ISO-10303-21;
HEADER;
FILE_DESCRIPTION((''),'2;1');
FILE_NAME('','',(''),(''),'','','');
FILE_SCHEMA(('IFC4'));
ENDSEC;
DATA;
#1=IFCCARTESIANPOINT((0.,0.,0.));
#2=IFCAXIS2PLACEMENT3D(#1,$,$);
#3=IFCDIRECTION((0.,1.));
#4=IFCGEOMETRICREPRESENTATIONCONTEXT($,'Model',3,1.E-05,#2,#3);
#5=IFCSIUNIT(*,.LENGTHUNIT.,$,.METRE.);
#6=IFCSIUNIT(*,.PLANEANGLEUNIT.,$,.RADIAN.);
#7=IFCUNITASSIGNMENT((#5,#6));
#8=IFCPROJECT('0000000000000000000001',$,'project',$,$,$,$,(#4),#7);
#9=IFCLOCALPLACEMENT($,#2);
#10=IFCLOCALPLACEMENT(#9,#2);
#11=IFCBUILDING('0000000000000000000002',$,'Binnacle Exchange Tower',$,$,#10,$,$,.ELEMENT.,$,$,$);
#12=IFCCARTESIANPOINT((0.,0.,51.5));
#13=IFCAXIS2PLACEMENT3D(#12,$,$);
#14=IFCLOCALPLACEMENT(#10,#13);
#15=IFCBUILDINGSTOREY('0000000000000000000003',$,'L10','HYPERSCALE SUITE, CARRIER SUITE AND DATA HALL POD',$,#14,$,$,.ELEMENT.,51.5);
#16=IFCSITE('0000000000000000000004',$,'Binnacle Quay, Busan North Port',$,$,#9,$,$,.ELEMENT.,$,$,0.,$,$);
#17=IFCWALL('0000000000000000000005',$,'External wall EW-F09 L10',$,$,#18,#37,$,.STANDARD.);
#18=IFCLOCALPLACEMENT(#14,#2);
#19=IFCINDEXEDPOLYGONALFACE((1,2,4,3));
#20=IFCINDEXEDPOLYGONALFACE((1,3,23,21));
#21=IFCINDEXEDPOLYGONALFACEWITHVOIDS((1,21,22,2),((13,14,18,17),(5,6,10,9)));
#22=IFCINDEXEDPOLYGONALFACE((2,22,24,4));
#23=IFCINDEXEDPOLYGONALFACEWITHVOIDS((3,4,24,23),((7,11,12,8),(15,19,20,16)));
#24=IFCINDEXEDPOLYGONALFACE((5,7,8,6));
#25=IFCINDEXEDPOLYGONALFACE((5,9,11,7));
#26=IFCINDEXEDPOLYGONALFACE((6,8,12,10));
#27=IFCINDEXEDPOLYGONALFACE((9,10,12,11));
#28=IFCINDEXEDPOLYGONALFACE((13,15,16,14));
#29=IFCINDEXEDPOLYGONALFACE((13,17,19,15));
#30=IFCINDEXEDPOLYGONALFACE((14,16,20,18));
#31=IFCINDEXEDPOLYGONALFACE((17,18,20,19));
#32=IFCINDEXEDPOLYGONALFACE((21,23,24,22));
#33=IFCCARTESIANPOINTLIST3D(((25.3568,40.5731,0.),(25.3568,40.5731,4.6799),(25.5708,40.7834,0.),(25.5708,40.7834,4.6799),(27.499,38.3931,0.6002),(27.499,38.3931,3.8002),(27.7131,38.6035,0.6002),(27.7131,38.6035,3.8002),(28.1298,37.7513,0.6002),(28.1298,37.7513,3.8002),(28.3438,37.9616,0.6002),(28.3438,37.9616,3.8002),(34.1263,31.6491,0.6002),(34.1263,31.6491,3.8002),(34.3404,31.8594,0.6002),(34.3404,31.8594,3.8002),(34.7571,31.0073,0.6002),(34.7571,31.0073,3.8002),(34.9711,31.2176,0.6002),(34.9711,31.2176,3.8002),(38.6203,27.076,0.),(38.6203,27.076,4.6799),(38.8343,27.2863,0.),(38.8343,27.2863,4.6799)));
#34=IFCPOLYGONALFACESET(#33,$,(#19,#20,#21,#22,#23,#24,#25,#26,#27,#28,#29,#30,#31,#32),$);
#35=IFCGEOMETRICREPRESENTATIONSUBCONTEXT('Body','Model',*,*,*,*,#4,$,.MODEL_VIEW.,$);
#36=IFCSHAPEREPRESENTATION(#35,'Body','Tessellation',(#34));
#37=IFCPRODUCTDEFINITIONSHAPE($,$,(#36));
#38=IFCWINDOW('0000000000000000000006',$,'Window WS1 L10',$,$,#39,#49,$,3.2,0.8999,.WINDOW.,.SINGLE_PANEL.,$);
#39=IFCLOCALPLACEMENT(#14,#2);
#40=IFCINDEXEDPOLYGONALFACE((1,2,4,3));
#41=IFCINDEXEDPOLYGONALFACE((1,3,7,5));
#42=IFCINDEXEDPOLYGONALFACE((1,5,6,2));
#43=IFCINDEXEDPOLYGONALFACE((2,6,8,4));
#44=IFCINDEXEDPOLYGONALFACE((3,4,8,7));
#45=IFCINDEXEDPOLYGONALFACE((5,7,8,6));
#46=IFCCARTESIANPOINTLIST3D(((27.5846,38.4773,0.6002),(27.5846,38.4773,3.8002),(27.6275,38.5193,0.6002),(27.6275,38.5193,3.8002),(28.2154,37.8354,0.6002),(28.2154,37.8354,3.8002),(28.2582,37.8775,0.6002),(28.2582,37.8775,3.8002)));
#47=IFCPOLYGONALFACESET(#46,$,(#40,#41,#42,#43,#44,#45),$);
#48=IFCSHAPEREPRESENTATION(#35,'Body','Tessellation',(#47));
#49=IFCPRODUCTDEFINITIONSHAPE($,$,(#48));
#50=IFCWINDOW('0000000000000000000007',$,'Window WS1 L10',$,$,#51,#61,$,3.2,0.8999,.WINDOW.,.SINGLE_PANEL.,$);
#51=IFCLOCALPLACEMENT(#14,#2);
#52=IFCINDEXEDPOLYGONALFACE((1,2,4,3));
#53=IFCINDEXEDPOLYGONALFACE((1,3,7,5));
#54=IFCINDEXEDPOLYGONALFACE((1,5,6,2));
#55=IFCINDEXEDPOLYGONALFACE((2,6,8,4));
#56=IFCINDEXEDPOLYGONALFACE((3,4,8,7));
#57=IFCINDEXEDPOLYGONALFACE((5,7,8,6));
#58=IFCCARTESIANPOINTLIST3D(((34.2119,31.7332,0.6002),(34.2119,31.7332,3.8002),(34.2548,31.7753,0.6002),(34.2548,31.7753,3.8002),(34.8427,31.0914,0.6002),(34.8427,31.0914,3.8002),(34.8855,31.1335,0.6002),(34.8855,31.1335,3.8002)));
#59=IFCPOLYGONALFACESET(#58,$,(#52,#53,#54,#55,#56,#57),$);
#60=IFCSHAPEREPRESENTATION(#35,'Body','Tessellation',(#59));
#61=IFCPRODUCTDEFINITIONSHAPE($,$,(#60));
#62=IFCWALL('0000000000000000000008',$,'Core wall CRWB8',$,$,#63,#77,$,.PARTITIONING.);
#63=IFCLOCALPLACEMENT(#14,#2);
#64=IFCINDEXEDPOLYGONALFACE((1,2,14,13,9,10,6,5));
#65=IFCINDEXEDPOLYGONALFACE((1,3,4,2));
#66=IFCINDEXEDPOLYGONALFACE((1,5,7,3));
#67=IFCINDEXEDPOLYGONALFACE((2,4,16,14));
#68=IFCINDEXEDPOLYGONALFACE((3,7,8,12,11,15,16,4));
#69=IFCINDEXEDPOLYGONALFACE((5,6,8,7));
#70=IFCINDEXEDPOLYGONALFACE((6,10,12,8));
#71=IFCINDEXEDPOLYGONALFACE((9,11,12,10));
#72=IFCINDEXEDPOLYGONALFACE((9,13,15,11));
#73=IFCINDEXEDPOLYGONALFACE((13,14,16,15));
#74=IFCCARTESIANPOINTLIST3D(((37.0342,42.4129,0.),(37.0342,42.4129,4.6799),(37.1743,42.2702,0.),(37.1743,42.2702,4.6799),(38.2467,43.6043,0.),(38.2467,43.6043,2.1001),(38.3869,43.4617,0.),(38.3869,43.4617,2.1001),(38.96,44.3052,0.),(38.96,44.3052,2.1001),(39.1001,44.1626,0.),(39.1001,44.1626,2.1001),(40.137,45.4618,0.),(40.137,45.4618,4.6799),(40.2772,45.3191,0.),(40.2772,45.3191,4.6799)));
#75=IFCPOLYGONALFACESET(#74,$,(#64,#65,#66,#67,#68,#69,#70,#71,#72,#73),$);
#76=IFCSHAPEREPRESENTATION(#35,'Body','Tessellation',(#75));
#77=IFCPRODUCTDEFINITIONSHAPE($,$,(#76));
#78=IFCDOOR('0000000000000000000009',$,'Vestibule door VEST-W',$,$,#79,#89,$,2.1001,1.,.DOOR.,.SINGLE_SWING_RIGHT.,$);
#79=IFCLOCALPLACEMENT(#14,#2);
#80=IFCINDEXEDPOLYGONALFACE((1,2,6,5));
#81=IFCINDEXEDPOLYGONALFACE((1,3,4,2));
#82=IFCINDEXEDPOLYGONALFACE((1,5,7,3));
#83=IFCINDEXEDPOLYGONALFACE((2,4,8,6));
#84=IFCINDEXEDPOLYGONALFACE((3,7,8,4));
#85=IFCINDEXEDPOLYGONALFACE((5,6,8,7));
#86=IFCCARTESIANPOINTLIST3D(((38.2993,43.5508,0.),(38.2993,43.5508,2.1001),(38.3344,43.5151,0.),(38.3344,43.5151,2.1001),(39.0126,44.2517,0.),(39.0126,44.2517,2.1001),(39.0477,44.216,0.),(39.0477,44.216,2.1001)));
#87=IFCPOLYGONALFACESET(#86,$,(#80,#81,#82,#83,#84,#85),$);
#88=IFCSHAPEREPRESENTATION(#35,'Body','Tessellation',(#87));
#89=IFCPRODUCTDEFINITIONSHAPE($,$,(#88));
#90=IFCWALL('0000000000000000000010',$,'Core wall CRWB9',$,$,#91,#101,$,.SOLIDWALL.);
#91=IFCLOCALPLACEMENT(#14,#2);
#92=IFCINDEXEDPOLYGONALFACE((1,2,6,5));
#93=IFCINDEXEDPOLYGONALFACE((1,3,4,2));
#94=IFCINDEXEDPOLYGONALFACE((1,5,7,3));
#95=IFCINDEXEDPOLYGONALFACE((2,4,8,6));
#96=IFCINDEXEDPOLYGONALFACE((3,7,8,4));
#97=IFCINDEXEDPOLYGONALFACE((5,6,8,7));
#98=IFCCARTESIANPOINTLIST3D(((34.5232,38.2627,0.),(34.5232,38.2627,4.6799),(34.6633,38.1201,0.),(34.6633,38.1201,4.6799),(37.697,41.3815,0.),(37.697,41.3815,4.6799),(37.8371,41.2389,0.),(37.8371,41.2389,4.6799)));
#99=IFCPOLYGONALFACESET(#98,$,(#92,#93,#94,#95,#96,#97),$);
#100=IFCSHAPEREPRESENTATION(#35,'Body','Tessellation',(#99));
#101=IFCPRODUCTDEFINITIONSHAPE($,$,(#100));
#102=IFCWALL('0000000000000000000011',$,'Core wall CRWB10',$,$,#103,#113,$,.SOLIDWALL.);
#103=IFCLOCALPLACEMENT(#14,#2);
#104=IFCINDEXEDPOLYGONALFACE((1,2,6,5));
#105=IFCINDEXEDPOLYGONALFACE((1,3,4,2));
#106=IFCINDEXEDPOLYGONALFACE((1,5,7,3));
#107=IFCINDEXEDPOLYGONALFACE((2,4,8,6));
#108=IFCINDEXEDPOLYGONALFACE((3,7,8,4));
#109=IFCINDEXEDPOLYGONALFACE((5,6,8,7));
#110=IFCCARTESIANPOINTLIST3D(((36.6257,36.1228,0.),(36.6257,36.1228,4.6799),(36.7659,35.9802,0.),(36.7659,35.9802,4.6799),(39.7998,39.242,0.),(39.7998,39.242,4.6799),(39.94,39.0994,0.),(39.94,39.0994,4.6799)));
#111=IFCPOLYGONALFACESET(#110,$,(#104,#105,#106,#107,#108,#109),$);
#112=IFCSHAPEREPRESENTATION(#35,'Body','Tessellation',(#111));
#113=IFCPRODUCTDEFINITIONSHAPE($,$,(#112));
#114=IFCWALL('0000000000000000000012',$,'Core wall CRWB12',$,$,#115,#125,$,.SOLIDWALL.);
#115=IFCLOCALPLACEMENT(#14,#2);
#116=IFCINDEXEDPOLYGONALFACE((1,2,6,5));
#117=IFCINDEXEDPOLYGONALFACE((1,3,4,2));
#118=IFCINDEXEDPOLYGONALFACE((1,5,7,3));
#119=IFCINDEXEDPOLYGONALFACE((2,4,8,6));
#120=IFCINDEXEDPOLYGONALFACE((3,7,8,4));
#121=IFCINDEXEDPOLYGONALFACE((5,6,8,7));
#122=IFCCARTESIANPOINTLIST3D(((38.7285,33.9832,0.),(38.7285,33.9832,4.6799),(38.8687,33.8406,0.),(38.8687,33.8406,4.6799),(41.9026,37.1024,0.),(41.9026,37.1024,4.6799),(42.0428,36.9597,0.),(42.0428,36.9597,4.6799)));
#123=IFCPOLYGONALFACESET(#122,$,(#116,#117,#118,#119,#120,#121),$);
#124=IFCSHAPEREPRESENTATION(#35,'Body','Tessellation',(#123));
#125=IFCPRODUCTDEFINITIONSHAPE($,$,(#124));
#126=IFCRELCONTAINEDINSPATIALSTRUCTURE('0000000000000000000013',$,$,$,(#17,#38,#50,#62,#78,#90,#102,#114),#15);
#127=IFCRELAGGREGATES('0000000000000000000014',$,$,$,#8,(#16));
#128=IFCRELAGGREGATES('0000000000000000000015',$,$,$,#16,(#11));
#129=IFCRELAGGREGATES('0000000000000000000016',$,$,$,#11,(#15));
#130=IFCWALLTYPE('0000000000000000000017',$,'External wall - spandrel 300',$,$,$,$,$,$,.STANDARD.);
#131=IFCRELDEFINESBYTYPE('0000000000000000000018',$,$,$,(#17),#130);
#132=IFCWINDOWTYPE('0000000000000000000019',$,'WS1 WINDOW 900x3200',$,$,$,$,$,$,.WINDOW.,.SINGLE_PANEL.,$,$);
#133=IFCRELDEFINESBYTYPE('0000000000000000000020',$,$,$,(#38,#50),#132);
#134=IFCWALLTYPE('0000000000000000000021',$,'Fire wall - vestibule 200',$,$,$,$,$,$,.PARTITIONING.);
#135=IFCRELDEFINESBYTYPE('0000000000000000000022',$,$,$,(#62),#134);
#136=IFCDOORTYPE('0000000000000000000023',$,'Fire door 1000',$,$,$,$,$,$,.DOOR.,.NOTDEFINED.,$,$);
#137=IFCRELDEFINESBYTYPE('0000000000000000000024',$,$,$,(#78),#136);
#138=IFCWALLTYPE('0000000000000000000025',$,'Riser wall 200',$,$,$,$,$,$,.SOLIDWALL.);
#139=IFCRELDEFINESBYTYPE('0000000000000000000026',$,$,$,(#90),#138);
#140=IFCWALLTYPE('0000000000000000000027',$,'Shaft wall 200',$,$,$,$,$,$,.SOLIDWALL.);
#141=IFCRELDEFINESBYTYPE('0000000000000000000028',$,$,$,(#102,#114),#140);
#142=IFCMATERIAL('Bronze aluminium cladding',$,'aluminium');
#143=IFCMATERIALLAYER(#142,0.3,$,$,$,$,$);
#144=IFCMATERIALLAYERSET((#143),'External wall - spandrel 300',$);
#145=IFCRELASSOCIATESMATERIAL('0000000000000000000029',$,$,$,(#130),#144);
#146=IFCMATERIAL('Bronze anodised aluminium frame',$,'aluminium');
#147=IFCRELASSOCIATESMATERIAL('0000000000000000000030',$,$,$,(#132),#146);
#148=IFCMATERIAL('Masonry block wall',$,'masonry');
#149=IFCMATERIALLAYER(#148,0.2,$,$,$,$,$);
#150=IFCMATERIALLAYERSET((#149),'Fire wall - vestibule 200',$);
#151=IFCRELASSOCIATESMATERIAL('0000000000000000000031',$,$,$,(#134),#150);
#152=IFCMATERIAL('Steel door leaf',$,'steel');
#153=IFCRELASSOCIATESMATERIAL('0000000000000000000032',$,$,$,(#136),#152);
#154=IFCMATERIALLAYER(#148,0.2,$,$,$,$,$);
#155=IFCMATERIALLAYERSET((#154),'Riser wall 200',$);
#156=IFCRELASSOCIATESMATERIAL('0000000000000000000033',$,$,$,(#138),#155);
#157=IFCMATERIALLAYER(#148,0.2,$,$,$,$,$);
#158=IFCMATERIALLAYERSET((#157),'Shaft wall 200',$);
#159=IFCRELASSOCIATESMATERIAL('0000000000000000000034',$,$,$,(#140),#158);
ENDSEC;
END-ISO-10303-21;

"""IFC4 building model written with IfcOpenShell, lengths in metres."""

from ifc_helpers import new_model, si_unit, direction, frame, frame_2d, origin, place, context, subcontext, project, spatial, rectangle, extrude, material, layer, layer_set, type_object, element, fill, save


model = new_model("IFC4")

# Units and contexts
model_context = context("Model", 3, precision=1e-05, world=origin(), true_north=direction((0.0, 1.0)))
body_context = subcontext(model_context, "Body", "Model", "MODEL_VIEW")
ifc_project = project(units=[si_unit("LENGTHUNIT", "METRE"), si_unit("PLANEANGLEUNIT", "RADIAN")], contexts=[model_context])

# Site, building, storey
site_placement = place(None, origin())
site = spatial("IfcSite", under=ifc_project, at=site_placement, Name="Binnacle Quay, Busan North Port", CompositionType="ELEMENT", RefElevation=0.0)
building_placement = place(site_placement, origin())
building = spatial("IfcBuilding", under=site, at=building_placement, Name="Binnacle Exchange Tower", CompositionType="ELEMENT")
storey_placement = place(building_placement, frame((0.0, 0.0, 51.5)))
storey = spatial("IfcBuildingStorey", under=building, at=storey_placement, Name="L10", Description="HYPERSCALE SUITE, CARRIER SUITE AND DATA HALL POD", CompositionType="ELEMENT", Elevation=51.5)

# Shared definitions
ifc_material_1 = material(Name="Steel door leaf", Category="steel")

# Wall, openings, windows
ifc_material_2 = material(Name="Bronze aluminium cladding", Category="aluminium")
ifc_layer_1 = layer(ifc_material_2, 0.3)
ifc_layer_set_1 = layer_set([ifc_layer_1], Name="External wall - spandrel 300")
wall_type_1 = type_object("IfcWallType", Name="External wall - spandrel 300", PredefinedType="STANDARD", material=ifc_layer_set_1)
wall_1_placement = place(storey_placement, frame((38.7273, 27.1812, 0.0), z_axis=(0.0, 0.0, 1.0), x_axis=(-0.700906, 0.713253, 0.0)))
wall_1 = element("IfcWall", 1, at=wall_1_placement, inside=storey, type_object=wall_type_1, Name="External wall EW-F09 L10", PredefinedType="STANDARD", context=body_context, shape_type="SweptSolid", body=[
    extrude(rectangle(XDim=18.9233, YDim=0.3, at=frame_2d((9.4617, 0.0))), origin(), (0.0, 0.0, 1.0), 4.6799),
])
opening_1_placement = place(wall_1_placement, frame((14.967, 0.0, 0.6001)))
opening_1 = element("IfcOpeningElement", 2, at=opening_1_placement, cuts=wall_1, PredefinedType="OPENING", context=body_context, shape_type="SweptSolid", body=[
    extrude(rectangle(XDim=0.8999, YDim=3.2, at=frame_2d((0.45, 1.6001))), frame((0.0, 0.1599, 0.0), z_axis=(0.0, -1.0, 0.0), x_axis=(1.0, 0.0, 0.0)), (0.0, 0.0, 1.0), 0.3201),
])
opening_2_placement = place(wall_1_placement, frame((5.5117, 0.0, 0.6001)))
opening_2 = element("IfcOpeningElement", 3, at=opening_2_placement, cuts=wall_1, PredefinedType="OPENING", context=body_context, shape_type="SweptSolid", body=[
    extrude(rectangle(XDim=0.8999, YDim=3.2, at=frame_2d((0.45, 1.6001))), frame((0.0, 0.1599, 0.0), z_axis=(0.0, -1.0, 0.0), x_axis=(1.0, 0.0, 0.0)), (0.0, 0.0, 1.0), 0.3201),
])
ifc_material_3 = material(Name="Bronze anodised aluminium frame", Category="aluminium")
window_type = type_object("IfcWindowType", Name="WS1 WINDOW 900x3200", PartitioningType="SINGLE_PANEL", PredefinedType="WINDOW", material=ifc_material_3)
window_1_placement = place(opening_1_placement, origin())
window_1 = element("IfcWindow", 4, at=window_1_placement, inside=storey, type_object=window_type, Name="Window WS1 L10", OverallHeight=3.2, OverallWidth=0.8999, PartitioningType="SINGLE_PANEL", PredefinedType="WINDOW", context=body_context, shape_type="SweptSolid", body=[
    extrude(rectangle(XDim=0.8999, YDim=3.2, at=frame_2d((0.45, 1.6001))), frame((0.0, 0.03, 0.0), z_axis=(0.0, -1.0, 0.0), x_axis=(1.0, 0.0, 0.0)), (0.0, 0.0, 1.0), 0.0601),
])
fill(opening_1, window_1)
window_2_placement = place(opening_2_placement, origin())
window_2 = element("IfcWindow", 5, at=window_2_placement, inside=storey, type_object=window_type, Name="Window WS1 L10", OverallHeight=3.2, OverallWidth=0.8999, PartitioningType="SINGLE_PANEL", PredefinedType="WINDOW", context=body_context, shape_type="SweptSolid", body=[
    extrude(rectangle(XDim=0.8999, YDim=3.2, at=frame_2d((0.45, 1.6001))), frame((0.0, 0.03, 0.0), z_axis=(0.0, -1.0, 0.0), x_axis=(1.0, 0.0, 0.0)), (0.0, 0.0, 1.0), 0.0601),
])
fill(opening_2, window_2)

# Wall, opening, door
ifc_material_4 = material(Name="Masonry block wall", Category="masonry")
ifc_layer_2 = layer(ifc_material_4, 0.2)
ifc_layer_set_2 = layer_set([ifc_layer_2], Name="Fire wall - vestibule 200")
wall_type_2 = type_object("IfcWallType", Name="Fire wall - vestibule 200", PredefinedType="PARTITIONING", material=ifc_layer_set_2)
wall_2_placement = place(storey_placement, frame((37.1042, 42.3416, 0.0), z_axis=(0.0, 0.0, 1.0), x_axis=(0.713281, 0.700878, 0.0)))
wall_2 = element("IfcWall", 6, at=wall_2_placement, inside=storey, type_object=wall_type_2, Name="Core wall CRWB8", PredefinedType="PARTITIONING", context=body_context, shape_type="SweptSolid", body=[
    extrude(rectangle(XDim=4.3501, YDim=0.2, at=frame_2d((2.175, 0.0))), origin(), (0.0, 0.0, 1.0), 4.6799),
])
opening_3_placement = place(wall_2_placement, frame((1.7, 0.0, 0.0)))
opening_3 = element("IfcOpeningElement", 7, at=opening_3_placement, cuts=wall_2, PredefinedType="OPENING", context=body_context, shape_type="SweptSolid", body=[
    extrude(rectangle(XDim=1.0, YDim=2.1001, at=frame_2d((0.5, 1.05))), frame((0.0, 0.1099, 0.0), z_axis=(0.0, -1.0, 0.0), x_axis=(1.0, 0.0, 0.0)), (0.0, 0.0, 1.0), 0.22),
])
door_type_1 = type_object("IfcDoorType", Name="Fire door 1000", OperationType="NOTDEFINED", PredefinedType="DOOR", material=ifc_material_1)
door_1_placement = place(opening_3_placement, origin())
door_1 = element("IfcDoor", 8, at=door_1_placement, inside=storey, type_object=door_type_1, Name="Vestibule door VEST-W", OperationType="SINGLE_SWING_RIGHT", OverallHeight=2.1001, OverallWidth=1.0, PredefinedType="DOOR", context=body_context, shape_type="SweptSolid", body=[
    extrude(rectangle(XDim=1.0, YDim=2.1001, at=frame_2d((0.5, 1.05))), frame((0.0, 0.0249, 0.0), z_axis=(0.0, -1.0, 0.0), x_axis=(1.0, 0.0, 0.0)), (0.0, 0.0, 1.0), 0.05),
])
fill(opening_3, door_1)

# Walls
ifc_layer_3 = layer(ifc_material_4, 0.2)
ifc_layer_set_3 = layer_set([ifc_layer_3], Name="Riser wall 200")
wall_type_3 = type_object("IfcWallType", Name="Riser wall 200", PredefinedType="SOLIDWALL", material=ifc_layer_set_3)
wall_3_placement = place(storey_placement, frame((34.5933, 38.1914, 0.0), z_axis=(0.0, 0.0, 1.0), x_axis=(0.713252, 0.700907, 0.0)))
element("IfcWall", 9, at=wall_3_placement, inside=storey, type_object=wall_type_3, Name="Core wall CRWB9", PredefinedType="SOLIDWALL", context=body_context, shape_type="SweptSolid", body=[
    extrude(rectangle(XDim=4.4497, YDim=0.2, at=frame_2d((2.2249, 0.0))), origin(), (0.0, 0.0, 1.0), 4.6799),
])
ifc_layer_4 = layer(ifc_material_4, 0.2)
ifc_layer_set_4 = layer_set([ifc_layer_4], Name="Shaft wall 200")
wall_type_4 = type_object("IfcWallType", Name="Shaft wall 200", PredefinedType="SOLIDWALL", material=ifc_layer_set_4)
for number, where, z_axis, x_axis, name in (
    (10, (36.6958, 36.0515, 0.0), (0.0, 0.0, 1.0), (0.713252, 0.700908, 0.0), "Core wall CRWB10"),
    (11, (38.7986, 33.9119, 0.0), (0.0, 0.0, 1.0), (0.713252, 0.700908, 0.0), "Core wall CRWB12"),
):
    element("IfcWall", number, at=place(storey_placement, frame(where, z_axis=z_axis, x_axis=x_axis)), inside=storey, type_object=wall_type_4, Name=name, PredefinedType="SOLIDWALL", context=body_context, shape_type="SweptSolid", body=[
        extrude(rectangle(XDim=4.4502, YDim=0.2, at=frame_2d((2.2251, 0.0))), origin(), (0.0, 0.0, 1.0), 4.6799),
    ])

save(model, "model.ifc")
